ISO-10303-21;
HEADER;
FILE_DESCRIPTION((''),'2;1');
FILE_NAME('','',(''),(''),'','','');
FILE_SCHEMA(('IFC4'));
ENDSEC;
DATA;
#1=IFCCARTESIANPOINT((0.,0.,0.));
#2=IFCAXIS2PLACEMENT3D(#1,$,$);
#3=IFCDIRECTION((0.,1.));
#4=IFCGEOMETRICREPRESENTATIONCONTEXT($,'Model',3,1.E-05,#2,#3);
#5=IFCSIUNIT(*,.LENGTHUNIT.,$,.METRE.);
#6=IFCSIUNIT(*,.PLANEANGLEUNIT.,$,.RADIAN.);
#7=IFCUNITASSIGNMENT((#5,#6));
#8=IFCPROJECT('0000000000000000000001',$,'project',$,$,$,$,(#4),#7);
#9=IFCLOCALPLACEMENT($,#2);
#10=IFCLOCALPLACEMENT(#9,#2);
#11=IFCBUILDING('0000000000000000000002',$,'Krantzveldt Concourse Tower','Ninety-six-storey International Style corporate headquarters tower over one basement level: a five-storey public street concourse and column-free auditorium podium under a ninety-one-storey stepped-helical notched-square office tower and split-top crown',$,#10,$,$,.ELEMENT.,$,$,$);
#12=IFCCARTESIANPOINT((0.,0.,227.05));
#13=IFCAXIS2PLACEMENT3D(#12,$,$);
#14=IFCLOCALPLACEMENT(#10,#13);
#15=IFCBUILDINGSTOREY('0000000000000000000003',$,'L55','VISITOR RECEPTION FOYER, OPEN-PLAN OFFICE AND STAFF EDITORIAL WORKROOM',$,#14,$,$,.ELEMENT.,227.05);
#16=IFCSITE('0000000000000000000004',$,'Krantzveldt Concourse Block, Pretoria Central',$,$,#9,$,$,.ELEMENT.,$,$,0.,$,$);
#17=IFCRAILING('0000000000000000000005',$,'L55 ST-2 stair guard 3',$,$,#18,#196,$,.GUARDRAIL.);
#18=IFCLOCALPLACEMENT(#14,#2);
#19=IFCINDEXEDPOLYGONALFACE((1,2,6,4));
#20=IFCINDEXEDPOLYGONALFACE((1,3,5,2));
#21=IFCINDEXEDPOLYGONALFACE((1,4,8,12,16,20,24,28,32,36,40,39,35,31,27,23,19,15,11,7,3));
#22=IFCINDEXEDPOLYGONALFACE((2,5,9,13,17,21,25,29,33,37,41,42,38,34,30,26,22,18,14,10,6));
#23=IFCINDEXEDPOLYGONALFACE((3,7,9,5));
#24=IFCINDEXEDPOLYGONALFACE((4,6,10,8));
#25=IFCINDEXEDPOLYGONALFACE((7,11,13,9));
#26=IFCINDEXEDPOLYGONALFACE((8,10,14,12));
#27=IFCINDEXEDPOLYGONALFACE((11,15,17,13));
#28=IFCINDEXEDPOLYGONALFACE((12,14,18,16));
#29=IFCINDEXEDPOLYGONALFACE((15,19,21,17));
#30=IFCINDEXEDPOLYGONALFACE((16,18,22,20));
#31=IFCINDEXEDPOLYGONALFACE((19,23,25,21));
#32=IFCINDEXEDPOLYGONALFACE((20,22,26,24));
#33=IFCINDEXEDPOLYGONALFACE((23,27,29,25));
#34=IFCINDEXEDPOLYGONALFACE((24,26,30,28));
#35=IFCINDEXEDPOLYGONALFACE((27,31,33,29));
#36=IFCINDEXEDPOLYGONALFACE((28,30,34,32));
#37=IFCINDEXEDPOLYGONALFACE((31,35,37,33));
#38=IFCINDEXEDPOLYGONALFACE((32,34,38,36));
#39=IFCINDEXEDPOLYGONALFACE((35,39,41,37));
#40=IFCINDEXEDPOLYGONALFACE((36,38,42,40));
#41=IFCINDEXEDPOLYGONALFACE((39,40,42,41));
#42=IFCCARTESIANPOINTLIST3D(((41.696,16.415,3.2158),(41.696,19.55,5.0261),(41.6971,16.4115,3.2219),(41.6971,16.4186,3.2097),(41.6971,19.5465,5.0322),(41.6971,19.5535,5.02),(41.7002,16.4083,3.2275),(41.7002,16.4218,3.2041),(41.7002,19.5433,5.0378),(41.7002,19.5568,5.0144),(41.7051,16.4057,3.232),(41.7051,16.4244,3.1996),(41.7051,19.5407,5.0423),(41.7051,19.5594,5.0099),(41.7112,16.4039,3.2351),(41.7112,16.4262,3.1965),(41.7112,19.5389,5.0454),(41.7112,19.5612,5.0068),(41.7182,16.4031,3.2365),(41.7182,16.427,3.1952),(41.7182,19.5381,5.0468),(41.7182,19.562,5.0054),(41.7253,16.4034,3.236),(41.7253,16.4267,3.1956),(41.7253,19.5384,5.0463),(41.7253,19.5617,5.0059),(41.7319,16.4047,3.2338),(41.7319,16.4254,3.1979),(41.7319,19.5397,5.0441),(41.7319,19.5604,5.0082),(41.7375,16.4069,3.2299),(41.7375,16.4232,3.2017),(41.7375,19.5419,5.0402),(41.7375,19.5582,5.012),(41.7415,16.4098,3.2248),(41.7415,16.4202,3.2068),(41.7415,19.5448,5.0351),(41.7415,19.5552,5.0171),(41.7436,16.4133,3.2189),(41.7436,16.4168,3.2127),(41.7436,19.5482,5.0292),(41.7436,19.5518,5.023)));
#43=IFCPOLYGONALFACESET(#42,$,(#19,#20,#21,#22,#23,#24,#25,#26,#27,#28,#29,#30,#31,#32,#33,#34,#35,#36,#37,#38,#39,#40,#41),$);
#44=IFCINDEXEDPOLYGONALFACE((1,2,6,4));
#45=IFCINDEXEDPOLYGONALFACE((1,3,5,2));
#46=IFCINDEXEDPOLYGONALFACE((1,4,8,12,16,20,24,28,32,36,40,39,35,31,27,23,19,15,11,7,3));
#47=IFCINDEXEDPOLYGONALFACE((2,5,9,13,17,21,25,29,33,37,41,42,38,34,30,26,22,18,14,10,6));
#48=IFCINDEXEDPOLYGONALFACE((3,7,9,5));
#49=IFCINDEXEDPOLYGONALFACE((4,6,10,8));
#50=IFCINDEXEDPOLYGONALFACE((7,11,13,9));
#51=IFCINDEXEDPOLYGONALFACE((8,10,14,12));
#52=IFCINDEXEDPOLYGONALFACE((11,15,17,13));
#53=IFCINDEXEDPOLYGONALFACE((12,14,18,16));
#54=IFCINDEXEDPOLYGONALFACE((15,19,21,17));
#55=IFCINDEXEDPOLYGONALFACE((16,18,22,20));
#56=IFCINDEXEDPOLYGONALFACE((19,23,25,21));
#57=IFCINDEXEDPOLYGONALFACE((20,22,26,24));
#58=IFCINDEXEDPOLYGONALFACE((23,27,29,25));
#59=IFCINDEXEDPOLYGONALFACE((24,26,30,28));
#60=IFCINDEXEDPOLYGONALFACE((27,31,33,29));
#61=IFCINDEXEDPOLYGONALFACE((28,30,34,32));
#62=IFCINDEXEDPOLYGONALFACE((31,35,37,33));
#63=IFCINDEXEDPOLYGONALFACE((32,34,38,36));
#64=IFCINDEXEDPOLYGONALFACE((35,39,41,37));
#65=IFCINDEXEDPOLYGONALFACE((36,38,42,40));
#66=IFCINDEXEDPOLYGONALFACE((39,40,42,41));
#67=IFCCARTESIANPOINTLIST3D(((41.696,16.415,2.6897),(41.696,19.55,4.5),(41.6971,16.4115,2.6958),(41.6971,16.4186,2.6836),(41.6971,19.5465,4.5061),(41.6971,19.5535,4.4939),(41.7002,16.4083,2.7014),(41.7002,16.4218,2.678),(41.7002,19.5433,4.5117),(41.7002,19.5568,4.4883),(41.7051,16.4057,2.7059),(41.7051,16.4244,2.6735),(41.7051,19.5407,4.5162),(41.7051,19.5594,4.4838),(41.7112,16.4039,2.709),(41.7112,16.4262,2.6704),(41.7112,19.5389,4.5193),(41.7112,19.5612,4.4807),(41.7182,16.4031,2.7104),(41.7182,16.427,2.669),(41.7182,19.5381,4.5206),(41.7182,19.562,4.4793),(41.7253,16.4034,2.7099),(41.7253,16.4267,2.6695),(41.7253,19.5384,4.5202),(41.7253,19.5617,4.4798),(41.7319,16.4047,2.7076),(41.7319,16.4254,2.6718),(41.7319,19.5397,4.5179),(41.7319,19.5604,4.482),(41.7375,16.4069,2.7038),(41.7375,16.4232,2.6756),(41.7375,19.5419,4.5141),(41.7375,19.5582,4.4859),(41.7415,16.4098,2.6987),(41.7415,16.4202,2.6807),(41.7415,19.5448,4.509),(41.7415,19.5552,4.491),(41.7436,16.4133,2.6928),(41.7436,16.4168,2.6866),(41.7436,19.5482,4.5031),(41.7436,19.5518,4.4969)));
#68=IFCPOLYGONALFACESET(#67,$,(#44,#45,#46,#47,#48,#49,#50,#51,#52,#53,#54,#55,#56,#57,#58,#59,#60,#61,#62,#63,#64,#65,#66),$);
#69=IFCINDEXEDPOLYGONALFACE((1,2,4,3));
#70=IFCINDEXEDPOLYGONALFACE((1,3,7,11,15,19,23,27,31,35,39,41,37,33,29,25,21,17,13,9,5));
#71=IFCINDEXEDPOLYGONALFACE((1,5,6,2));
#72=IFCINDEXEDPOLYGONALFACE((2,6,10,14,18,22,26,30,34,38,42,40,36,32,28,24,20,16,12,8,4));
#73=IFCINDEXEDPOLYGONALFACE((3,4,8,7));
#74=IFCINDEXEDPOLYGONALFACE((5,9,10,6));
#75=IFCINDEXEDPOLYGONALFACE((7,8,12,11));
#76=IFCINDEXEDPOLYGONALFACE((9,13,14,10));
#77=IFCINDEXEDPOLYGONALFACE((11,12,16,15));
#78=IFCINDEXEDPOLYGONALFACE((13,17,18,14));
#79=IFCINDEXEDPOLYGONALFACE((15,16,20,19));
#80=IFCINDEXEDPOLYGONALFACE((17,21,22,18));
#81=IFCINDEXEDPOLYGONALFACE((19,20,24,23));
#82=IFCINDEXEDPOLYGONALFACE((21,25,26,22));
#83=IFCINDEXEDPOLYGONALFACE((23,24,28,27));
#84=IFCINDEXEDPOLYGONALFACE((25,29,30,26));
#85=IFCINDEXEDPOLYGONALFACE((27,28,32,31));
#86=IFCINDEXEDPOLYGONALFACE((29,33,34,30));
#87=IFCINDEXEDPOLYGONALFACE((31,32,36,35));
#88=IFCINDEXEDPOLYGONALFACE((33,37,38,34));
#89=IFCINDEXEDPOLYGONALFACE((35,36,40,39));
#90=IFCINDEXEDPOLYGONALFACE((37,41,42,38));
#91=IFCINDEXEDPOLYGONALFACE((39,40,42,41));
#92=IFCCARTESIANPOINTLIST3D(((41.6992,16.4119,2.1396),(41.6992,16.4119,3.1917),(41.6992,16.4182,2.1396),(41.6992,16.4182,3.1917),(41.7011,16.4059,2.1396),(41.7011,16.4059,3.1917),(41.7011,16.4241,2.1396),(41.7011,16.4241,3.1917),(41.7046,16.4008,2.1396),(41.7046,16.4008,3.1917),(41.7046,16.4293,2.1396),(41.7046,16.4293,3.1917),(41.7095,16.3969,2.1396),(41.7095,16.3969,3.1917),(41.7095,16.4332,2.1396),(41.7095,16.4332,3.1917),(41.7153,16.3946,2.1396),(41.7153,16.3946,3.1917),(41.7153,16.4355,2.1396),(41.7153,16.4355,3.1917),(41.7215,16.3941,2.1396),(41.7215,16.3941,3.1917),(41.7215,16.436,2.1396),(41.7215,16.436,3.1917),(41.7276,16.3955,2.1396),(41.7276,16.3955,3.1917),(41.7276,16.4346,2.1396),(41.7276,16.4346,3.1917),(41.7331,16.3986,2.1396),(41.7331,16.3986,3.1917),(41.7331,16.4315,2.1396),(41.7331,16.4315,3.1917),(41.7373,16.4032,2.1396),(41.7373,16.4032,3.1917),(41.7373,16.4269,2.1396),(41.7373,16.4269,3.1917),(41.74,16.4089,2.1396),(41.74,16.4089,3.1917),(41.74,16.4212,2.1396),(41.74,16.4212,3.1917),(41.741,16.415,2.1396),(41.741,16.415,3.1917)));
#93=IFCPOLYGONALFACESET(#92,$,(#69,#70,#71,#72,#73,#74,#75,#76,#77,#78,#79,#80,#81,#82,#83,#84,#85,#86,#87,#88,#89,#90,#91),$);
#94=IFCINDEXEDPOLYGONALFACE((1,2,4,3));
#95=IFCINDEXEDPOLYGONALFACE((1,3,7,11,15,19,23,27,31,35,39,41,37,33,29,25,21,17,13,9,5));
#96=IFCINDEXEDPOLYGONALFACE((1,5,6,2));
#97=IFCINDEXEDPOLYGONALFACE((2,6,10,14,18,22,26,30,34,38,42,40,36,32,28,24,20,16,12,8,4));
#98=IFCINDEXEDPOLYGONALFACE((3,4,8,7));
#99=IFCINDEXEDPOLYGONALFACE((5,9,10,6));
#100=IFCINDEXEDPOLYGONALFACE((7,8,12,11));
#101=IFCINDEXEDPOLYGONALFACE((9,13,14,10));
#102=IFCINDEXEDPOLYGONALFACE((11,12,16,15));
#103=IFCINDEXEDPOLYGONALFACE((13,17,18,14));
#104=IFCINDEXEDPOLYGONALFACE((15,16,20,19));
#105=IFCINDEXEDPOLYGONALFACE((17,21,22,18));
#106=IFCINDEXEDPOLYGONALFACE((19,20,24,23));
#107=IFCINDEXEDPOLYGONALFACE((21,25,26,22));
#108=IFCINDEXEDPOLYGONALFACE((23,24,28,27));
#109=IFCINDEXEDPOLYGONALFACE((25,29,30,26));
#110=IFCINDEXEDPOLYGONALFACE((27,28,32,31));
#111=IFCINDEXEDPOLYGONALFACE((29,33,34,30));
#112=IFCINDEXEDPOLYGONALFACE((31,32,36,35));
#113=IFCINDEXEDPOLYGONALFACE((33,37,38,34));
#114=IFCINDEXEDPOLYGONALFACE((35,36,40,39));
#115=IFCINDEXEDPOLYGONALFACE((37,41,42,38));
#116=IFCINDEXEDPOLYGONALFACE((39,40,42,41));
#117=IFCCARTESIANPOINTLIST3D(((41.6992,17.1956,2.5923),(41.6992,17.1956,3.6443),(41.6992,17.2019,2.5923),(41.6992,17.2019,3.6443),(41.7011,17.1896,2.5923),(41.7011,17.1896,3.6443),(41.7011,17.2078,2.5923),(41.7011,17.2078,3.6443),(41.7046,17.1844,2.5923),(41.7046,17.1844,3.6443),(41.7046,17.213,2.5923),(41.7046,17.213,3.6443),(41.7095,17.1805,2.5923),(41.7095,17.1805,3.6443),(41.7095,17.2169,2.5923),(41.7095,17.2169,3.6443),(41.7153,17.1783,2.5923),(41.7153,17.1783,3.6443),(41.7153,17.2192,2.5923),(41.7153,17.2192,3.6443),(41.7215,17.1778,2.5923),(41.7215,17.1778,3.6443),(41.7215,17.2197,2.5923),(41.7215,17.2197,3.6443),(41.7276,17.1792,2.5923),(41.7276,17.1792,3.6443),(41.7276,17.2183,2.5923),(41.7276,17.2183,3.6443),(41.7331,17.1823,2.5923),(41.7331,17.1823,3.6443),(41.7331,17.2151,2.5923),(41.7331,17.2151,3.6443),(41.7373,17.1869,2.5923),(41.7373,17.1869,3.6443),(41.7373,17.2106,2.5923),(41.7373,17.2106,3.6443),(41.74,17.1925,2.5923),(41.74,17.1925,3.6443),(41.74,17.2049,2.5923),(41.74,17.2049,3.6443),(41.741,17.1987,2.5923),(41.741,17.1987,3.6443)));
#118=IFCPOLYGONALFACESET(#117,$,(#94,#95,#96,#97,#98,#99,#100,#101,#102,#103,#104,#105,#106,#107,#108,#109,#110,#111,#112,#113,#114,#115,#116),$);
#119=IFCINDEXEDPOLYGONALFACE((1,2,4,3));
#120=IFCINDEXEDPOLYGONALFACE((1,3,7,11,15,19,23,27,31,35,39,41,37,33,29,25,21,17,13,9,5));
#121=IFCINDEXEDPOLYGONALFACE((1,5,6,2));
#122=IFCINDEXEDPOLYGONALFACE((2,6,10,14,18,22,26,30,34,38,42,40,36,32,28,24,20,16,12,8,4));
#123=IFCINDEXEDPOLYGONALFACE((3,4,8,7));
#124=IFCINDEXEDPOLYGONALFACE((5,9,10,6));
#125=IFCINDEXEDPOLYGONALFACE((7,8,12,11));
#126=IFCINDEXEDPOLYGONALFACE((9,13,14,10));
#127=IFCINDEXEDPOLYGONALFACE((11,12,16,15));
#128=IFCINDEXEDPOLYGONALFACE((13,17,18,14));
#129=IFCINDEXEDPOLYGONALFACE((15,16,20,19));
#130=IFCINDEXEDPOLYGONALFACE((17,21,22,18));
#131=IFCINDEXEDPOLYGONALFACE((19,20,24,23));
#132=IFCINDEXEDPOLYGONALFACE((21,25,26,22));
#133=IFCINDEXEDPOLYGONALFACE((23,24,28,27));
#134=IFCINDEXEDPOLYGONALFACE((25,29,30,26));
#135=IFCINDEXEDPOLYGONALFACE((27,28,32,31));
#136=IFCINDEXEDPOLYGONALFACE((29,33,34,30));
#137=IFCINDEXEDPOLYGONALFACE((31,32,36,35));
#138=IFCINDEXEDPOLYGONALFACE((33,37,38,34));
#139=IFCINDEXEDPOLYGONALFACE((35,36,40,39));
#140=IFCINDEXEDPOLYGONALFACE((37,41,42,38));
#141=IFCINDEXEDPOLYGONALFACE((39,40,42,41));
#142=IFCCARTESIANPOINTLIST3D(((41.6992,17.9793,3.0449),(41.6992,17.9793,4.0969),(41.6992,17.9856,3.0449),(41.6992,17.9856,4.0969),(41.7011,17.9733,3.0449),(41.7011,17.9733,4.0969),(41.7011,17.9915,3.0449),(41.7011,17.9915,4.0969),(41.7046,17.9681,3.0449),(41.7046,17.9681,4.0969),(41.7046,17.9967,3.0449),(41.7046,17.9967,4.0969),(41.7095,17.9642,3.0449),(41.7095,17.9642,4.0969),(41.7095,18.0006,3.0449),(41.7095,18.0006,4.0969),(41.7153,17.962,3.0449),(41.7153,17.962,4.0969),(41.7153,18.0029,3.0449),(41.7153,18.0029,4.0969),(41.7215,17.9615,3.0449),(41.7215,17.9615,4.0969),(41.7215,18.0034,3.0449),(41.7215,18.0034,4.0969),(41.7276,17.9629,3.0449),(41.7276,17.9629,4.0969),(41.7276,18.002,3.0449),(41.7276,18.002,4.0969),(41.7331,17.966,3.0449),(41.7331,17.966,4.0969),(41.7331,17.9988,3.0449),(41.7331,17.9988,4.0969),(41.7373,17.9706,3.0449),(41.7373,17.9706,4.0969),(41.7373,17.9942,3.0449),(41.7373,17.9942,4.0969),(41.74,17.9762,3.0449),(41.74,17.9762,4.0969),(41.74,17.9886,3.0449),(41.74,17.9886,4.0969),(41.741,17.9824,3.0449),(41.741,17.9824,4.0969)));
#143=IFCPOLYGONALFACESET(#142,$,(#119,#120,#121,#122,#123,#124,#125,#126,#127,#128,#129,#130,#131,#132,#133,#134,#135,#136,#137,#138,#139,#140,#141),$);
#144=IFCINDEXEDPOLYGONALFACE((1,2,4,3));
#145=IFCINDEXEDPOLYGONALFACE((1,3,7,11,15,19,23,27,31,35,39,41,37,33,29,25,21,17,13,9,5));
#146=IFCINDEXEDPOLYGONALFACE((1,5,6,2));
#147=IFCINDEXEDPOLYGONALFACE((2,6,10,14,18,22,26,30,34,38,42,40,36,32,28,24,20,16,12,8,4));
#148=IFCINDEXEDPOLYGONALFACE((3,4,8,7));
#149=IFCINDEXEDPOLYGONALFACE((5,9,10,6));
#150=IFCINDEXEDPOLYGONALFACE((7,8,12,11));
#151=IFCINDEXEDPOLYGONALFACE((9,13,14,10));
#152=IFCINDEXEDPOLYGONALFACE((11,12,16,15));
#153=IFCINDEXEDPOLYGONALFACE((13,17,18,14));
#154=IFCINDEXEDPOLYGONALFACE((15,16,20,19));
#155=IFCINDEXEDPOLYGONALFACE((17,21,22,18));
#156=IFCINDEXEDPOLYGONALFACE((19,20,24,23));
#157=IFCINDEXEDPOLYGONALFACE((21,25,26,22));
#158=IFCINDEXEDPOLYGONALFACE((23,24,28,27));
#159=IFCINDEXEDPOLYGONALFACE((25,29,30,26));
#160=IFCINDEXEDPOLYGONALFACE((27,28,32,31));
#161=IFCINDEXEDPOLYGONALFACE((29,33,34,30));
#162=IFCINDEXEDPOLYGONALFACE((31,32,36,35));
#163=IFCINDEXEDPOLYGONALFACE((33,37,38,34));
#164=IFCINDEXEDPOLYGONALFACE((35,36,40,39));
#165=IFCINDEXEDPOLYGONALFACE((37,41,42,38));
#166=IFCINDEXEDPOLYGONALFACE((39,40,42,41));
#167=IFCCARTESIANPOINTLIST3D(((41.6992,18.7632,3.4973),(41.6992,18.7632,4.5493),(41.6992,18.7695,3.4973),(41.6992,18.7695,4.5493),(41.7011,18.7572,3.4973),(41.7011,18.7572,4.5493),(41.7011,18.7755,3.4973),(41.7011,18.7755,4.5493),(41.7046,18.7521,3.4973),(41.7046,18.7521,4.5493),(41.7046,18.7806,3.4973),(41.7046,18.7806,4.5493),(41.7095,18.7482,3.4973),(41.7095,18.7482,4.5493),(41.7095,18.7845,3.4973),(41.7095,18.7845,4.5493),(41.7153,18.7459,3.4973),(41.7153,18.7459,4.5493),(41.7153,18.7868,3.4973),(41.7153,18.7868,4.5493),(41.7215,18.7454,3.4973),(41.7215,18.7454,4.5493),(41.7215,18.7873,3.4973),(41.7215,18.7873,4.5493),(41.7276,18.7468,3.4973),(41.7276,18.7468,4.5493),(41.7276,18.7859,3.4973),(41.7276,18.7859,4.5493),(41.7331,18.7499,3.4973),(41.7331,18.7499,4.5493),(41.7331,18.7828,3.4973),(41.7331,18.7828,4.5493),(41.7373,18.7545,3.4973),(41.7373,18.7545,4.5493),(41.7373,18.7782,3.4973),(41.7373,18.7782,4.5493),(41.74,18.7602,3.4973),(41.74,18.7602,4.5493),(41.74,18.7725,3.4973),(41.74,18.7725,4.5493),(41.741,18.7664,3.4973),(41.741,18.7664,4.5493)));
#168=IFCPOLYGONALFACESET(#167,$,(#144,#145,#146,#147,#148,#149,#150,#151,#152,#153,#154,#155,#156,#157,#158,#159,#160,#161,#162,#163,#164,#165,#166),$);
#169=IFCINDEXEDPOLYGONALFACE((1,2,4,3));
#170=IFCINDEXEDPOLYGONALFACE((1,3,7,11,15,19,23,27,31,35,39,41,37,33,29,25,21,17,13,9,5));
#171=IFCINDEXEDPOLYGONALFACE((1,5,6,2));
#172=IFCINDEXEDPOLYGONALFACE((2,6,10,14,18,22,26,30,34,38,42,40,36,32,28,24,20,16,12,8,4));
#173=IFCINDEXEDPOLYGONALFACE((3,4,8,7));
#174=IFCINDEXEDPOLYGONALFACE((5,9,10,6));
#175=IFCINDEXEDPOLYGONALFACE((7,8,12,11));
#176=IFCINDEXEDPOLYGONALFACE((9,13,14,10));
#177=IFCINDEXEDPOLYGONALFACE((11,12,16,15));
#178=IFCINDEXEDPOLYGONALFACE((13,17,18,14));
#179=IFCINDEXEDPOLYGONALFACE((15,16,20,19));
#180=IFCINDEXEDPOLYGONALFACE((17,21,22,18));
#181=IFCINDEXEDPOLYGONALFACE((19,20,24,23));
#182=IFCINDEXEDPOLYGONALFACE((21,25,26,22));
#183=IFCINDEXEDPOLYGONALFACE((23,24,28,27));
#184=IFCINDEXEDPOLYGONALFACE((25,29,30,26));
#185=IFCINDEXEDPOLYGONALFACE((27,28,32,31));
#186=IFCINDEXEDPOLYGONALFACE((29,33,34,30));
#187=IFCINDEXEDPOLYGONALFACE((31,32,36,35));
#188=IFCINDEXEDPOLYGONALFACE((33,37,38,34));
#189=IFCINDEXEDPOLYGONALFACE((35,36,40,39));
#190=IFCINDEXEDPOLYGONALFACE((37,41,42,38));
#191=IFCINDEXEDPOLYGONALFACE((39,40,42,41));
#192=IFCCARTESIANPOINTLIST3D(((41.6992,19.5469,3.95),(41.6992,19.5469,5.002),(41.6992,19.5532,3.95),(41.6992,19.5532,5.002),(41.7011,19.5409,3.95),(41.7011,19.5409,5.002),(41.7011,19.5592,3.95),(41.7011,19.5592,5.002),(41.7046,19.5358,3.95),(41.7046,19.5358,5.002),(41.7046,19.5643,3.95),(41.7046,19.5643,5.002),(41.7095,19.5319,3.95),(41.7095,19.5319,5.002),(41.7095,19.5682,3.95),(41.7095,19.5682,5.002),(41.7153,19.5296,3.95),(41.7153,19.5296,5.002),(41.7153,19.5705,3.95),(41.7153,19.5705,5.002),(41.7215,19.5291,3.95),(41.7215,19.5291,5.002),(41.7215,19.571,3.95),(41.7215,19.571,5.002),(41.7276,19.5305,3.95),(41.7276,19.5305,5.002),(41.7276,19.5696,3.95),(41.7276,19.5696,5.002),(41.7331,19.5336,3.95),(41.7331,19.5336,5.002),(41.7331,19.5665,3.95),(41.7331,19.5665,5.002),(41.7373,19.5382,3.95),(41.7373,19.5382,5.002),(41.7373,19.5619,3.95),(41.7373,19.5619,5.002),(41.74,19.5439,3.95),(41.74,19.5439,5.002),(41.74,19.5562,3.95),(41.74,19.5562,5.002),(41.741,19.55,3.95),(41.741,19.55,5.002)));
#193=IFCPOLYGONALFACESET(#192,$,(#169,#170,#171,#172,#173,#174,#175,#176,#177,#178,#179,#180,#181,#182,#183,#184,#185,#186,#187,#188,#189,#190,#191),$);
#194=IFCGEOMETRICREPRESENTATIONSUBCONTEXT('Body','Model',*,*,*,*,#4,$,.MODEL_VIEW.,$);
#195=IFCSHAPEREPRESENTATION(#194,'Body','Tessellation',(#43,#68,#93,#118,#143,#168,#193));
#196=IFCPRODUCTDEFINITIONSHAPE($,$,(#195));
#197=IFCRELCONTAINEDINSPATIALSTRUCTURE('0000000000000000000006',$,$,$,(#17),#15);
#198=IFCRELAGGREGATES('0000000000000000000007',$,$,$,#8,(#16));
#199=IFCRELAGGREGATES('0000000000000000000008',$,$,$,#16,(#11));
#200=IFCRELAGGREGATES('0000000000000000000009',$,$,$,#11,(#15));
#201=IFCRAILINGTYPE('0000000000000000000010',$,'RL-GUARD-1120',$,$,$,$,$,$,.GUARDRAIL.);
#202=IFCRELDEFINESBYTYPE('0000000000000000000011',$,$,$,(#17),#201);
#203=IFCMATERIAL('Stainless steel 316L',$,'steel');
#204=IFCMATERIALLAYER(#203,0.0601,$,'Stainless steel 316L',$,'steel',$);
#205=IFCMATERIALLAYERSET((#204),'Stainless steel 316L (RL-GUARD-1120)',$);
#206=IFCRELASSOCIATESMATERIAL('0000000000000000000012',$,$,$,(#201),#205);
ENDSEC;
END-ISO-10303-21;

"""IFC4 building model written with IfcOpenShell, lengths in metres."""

from ifc_helpers import new_model, si_unit, direction, frame, origin, origin_2d, place, context, subcontext, project, spatial, circle, extrude, material, layer, layer_set, type_object, element, save


model = new_model("IFC4")

# Units and contexts
model_context = context("Model", 3, precision=1e-05, world=origin(), true_north=direction((0.0, 1.0)))
body_context = subcontext(model_context, "Body", "Model", "MODEL_VIEW")
ifc_project = project(units=[si_unit("LENGTHUNIT", "METRE"), si_unit("PLANEANGLEUNIT", "RADIAN")], contexts=[model_context])

# Site, building, storey
site_placement = place(None, origin())
site = spatial("IfcSite", under=ifc_project, at=site_placement, Name="Krantzveldt Concourse Block, Pretoria Central", CompositionType="ELEMENT", RefElevation=0.0)
building_placement = place(site_placement, origin())
building = spatial("IfcBuilding", under=site, at=building_placement, Name="Krantzveldt Concourse Tower", Description="Ninety-six-storey International Style corporate headquarters tower over one basement level: a five-storey public street concourse and column-free auditorium podium under a ninety-one-storey stepped-helical notched-square office tower and split-top crown", CompositionType="ELEMENT")
storey_placement = place(building_placement, frame((0.0, 0.0, 227.05)))
storey = spatial("IfcBuildingStorey", under=building, at=storey_placement, Name="L55", Description="VISITOR RECEPTION FOYER, OPEN-PLAN OFFICE AND STAFF EDITORIAL WORKROOM", CompositionType="ELEMENT", Elevation=227.05)

# Shared definitions
ifc_material_1 = material(Name="Stainless steel 316L", Category="steel")

# Railing
ifc_layer_1 = layer(ifc_material_1, 0.0601, Name="Stainless steel 316L", Category="steel")
ifc_layer_set_1 = layer_set([ifc_layer_1], Name="Stainless steel 316L (RL-GUARD-1120)")
railing_type_1 = type_object("IfcRailingType", Name="RL-GUARD-1120", PredefinedType="GUARDRAIL", material=ifc_layer_set_1)
railing_1_placement = place(storey_placement, frame((41.72, 16.415, 2.1396)))
element("IfcRailing", 1, at=railing_1_placement, inside=storey, type_object=railing_type_1, Name="L55 ST-2 stair guard 3", PredefinedType="GUARDRAIL", context=body_context, shape_type="SweptSolid", body=[
    extrude(circle(Radius=0.0239, at=origin_2d()), frame((0.0, 0.0, 1.0762), z_axis=(0.0, 0.865989, 0.500063), x_axis=(-1.0, 0.0, 0.0)), (0.0, 0.0, 1.0), 3.6201),
    extrude(circle(Radius=0.0239, at=origin_2d()), frame((0.0, 0.0, 0.55), z_axis=(0.0, 0.865989, 0.500063), x_axis=(-1.0, 0.0, 0.0)), (0.0, 0.0, 1.0), 3.6201),
    extrude(circle(Radius=0.021, at=origin_2d()), origin(), (0.0, 0.0, 1.0), 1.052),
    extrude(circle(Radius=0.021, at=origin_2d()), frame((0.0, 0.7837, 0.4526)), (0.0, 0.0, 1.0), 1.052),
    extrude(circle(Radius=0.021, at=origin_2d()), frame((0.0, 1.5674, 0.9053)), (0.0, 0.0, 1.0), 1.052),
    extrude(circle(Radius=0.021, at=origin_2d()), frame((0.0, 2.3513, 1.3577)), (0.0, 0.0, 1.0), 1.052),
    extrude(circle(Radius=0.021, at=origin_2d()), frame((0.0, 3.135, 1.8103)), (0.0, 0.0, 1.0), 1.052),
])

save(model, "model.ifc")
